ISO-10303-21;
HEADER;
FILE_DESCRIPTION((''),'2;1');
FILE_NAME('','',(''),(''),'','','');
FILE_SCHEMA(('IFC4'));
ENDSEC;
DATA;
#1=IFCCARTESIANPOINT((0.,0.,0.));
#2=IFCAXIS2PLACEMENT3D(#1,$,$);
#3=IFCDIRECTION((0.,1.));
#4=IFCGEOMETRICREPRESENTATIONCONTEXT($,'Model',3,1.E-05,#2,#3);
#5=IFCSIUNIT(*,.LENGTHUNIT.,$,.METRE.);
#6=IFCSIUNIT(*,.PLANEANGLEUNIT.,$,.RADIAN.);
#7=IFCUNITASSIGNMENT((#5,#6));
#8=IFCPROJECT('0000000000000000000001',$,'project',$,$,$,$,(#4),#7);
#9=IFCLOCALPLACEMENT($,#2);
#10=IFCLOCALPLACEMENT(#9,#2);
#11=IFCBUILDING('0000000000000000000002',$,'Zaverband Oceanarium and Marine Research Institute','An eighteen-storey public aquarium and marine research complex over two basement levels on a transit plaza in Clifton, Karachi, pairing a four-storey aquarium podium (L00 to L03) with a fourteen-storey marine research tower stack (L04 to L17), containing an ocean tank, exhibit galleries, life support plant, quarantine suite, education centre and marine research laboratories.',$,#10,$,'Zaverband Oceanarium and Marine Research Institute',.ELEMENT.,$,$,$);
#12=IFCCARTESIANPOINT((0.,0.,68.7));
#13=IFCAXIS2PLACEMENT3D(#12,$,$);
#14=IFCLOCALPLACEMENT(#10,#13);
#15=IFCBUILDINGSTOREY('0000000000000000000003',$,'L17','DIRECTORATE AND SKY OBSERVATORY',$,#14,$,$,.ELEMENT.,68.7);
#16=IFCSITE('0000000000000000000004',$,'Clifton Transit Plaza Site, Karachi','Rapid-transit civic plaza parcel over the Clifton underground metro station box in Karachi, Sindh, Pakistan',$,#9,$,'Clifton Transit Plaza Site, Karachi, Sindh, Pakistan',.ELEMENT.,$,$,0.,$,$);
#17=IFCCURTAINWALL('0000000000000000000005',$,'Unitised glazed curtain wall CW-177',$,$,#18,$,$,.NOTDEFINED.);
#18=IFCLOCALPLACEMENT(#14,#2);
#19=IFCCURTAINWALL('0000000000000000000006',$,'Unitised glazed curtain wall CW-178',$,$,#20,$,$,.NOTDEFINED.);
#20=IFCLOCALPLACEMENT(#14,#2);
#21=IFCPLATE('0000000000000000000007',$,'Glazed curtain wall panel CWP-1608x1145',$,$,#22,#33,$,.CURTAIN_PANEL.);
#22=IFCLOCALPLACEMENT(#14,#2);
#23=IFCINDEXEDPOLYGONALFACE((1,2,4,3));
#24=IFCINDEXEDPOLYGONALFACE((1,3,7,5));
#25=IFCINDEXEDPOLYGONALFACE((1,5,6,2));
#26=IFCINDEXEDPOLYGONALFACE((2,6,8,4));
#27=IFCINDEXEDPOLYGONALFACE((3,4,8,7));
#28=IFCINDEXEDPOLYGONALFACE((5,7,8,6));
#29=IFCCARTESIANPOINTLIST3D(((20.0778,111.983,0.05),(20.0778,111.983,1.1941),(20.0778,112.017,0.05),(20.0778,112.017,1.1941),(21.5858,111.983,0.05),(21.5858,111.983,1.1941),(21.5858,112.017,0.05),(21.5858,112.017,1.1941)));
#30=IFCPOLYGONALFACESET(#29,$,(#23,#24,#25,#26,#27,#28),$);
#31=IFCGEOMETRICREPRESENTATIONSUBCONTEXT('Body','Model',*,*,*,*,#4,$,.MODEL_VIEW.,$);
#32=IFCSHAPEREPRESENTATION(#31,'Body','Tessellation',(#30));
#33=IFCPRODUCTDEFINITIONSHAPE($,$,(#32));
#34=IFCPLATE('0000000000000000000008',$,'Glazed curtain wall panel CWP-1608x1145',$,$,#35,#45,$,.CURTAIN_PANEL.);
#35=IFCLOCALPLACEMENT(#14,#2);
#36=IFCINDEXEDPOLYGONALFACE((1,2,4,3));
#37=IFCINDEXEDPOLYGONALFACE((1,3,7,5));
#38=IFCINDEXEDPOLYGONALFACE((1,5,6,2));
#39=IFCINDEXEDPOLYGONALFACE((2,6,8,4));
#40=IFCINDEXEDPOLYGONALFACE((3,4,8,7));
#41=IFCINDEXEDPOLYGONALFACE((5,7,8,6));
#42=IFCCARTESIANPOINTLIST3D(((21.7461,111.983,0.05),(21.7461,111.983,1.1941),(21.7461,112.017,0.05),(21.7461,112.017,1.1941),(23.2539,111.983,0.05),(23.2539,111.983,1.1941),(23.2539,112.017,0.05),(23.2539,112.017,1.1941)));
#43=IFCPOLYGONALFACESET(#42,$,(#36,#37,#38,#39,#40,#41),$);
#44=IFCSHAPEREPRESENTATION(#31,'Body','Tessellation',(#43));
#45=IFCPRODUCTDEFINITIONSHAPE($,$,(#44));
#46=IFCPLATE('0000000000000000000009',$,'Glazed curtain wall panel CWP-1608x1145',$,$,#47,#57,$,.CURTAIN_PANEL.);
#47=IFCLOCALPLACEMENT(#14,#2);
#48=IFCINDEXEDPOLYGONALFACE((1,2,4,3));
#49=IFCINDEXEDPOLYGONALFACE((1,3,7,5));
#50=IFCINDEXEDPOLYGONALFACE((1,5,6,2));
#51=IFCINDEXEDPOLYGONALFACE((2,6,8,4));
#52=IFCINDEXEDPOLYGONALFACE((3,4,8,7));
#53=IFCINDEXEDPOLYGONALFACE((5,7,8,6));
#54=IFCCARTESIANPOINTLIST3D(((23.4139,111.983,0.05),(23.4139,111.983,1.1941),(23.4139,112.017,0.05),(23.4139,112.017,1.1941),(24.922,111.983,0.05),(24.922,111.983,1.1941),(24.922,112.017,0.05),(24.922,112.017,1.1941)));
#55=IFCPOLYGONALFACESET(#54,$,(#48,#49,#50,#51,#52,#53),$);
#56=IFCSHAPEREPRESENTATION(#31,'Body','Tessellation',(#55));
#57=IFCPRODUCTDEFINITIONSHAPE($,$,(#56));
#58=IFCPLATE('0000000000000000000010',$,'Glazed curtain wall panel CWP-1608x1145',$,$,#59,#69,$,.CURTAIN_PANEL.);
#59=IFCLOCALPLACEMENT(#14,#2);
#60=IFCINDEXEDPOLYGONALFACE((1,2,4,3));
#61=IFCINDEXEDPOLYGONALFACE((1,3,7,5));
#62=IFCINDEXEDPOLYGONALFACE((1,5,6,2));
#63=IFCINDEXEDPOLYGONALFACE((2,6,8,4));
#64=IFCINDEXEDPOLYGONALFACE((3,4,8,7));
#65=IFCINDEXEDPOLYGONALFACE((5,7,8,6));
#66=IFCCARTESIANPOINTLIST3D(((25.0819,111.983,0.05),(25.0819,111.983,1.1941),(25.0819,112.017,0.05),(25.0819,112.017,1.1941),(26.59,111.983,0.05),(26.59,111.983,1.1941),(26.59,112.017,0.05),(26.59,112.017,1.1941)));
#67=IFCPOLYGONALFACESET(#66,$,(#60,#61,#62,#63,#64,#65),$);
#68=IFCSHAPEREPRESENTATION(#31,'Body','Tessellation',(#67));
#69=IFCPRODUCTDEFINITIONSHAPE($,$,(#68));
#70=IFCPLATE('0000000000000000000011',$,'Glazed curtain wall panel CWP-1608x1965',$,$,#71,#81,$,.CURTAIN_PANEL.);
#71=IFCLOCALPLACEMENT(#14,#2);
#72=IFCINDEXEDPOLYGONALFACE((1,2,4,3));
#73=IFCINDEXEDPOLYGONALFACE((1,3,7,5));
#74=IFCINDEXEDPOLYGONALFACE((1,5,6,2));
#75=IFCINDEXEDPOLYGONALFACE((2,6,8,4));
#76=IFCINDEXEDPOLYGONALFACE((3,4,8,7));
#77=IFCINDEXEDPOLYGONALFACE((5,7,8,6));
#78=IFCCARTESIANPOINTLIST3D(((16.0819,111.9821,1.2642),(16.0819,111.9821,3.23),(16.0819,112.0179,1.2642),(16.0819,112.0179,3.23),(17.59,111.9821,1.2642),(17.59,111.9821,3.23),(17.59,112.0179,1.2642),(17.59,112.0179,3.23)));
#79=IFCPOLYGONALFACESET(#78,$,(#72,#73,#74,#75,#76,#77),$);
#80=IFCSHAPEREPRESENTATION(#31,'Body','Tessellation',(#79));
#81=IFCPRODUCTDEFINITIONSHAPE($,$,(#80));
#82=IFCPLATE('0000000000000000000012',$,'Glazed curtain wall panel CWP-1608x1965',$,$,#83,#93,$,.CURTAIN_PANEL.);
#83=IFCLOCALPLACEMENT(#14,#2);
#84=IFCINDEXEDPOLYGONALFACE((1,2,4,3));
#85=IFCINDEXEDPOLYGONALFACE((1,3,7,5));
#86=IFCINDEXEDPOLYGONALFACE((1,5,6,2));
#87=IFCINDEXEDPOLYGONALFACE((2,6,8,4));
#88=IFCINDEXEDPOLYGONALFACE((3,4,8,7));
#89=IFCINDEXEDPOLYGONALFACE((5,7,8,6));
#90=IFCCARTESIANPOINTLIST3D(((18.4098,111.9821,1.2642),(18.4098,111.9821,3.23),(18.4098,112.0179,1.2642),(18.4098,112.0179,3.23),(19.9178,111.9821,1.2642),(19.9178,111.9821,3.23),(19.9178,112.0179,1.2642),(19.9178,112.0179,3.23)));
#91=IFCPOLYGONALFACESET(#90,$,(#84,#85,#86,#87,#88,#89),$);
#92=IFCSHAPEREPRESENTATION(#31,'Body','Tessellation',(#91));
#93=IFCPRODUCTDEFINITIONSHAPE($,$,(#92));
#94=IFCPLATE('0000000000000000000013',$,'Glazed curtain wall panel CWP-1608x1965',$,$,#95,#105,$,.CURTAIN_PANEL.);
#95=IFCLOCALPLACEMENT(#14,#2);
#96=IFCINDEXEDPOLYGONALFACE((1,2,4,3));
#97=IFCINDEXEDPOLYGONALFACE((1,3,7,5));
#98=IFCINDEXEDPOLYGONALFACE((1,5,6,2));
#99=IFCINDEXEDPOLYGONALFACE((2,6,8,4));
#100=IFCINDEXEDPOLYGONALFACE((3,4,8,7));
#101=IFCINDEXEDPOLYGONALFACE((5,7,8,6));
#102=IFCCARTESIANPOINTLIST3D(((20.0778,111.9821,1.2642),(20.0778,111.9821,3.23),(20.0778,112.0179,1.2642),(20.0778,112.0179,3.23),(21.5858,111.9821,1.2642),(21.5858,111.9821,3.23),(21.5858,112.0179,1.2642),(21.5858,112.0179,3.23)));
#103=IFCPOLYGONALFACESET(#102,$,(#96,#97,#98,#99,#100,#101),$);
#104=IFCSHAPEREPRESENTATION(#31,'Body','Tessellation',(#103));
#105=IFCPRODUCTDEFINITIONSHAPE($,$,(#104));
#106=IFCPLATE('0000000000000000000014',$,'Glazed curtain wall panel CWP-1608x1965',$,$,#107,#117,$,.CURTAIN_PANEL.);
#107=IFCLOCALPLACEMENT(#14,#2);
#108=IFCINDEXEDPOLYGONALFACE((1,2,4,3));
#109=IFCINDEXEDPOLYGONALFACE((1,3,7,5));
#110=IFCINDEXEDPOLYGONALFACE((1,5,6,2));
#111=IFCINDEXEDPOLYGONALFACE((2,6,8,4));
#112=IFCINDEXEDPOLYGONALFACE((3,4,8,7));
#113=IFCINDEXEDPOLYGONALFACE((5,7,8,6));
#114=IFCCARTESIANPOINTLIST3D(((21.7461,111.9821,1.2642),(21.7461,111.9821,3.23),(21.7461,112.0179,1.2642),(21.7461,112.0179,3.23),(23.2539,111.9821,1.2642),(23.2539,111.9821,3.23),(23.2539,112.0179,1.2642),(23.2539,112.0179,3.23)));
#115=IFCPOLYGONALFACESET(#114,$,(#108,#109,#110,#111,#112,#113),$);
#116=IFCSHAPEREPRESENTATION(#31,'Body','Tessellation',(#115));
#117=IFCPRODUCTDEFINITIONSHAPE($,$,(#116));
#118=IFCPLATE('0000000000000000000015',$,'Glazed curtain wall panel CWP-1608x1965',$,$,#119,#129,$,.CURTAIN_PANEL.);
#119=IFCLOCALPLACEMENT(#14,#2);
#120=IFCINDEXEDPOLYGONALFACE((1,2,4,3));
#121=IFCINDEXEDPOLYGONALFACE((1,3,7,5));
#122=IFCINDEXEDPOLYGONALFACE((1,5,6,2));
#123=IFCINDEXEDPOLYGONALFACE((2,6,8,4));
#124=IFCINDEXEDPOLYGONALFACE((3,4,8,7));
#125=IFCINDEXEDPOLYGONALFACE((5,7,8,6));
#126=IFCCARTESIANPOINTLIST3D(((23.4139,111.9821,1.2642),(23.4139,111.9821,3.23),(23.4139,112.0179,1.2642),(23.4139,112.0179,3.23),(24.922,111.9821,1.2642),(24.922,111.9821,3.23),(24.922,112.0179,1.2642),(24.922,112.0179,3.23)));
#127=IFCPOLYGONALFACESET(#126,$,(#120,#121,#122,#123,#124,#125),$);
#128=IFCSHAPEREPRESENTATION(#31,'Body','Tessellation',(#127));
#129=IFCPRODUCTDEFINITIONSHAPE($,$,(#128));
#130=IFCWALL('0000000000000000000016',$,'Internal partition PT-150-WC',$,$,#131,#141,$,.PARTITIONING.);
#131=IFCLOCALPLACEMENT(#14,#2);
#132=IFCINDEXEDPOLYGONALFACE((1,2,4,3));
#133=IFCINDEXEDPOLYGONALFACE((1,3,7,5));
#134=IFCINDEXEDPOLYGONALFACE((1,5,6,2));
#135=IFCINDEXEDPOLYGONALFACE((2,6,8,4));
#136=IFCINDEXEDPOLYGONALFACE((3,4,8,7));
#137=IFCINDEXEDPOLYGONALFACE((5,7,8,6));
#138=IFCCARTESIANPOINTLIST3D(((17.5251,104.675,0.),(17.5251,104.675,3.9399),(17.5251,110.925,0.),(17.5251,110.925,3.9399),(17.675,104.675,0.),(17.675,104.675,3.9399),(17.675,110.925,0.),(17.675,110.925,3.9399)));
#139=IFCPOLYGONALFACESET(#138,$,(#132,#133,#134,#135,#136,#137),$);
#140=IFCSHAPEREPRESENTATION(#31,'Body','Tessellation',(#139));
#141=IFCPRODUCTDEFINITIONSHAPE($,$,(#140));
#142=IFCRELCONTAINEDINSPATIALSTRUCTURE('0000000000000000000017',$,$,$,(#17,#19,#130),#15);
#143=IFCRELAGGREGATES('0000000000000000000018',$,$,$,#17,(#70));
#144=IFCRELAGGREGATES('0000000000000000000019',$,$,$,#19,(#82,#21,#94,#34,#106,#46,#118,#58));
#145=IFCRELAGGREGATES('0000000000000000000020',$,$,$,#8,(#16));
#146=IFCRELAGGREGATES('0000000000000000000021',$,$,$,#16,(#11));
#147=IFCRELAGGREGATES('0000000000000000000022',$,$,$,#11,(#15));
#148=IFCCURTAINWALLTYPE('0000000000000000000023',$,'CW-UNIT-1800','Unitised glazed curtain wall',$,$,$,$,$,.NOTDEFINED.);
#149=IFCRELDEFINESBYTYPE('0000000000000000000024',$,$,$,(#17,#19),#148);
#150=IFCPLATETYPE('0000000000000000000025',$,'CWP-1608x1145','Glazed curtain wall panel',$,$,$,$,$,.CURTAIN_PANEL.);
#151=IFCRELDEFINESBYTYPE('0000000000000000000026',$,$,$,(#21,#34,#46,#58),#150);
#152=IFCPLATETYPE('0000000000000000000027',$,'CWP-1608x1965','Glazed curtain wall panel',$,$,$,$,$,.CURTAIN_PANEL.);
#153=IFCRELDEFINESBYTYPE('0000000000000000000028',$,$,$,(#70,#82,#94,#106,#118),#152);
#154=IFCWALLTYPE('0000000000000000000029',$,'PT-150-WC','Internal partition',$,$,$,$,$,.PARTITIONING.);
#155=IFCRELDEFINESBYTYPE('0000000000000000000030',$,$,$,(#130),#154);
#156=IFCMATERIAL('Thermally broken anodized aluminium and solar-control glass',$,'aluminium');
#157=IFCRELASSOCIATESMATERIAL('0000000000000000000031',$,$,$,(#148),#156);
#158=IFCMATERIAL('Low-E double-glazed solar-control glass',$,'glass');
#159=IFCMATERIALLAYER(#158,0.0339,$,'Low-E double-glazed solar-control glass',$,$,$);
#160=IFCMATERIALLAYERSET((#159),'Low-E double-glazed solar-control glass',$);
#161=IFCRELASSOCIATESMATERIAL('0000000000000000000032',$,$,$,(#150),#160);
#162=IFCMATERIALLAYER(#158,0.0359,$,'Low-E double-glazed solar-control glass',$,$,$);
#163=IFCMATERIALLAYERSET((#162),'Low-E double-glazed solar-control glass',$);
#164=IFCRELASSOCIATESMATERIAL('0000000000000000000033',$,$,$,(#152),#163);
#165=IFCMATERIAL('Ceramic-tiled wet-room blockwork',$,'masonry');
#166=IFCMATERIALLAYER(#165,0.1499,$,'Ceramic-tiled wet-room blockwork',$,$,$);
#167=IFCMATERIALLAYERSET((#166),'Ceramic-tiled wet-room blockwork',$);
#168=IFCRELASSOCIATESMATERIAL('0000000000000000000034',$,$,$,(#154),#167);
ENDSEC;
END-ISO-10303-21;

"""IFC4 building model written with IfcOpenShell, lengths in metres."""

from ifc_helpers import new_model, si_unit, direction, frame, frame_2d, origin, place, context, subcontext, project, spatial, rectangle, extrude, material, layer, layer_set, type_object, element, aggregate, save


model = new_model("IFC4")

# Units and contexts
model_context = context("Model", 3, precision=1e-05, world=origin(), true_north=direction((0.0, 1.0)))
body_context = subcontext(model_context, "Body", "Model", "MODEL_VIEW")
ifc_project = project(units=[si_unit("LENGTHUNIT", "METRE"), si_unit("PLANEANGLEUNIT", "RADIAN")], contexts=[model_context])

# Site, building, storey
site_placement = place(None, origin())
site = spatial("IfcSite", under=ifc_project, at=site_placement, Name="Clifton Transit Plaza Site, Karachi", Description="Rapid-transit civic plaza parcel over the Clifton underground metro station box in Karachi, Sindh, Pakistan", LongName="Clifton Transit Plaza Site, Karachi, Sindh, Pakistan", CompositionType="ELEMENT", RefElevation=0.0)
building_placement = place(site_placement, origin())
building = spatial("IfcBuilding", under=site, at=building_placement, Name="Zaverband Oceanarium and Marine Research Institute", Description="An eighteen-storey public aquarium and marine research complex over two basement levels on a transit plaza in Clifton, Karachi, pairing a four-storey aquarium podium (L00 to L03) with a fourteen-storey marine research tower stack (L04 to L17), containing an ocean tank, exhibit galleries, life support plant, quarantine suite, education centre and marine research laboratories.", LongName="Zaverband Oceanarium and Marine Research Institute", CompositionType="ELEMENT")
storey_placement = place(building_placement, frame((0.0, 0.0, 68.7)))
storey = spatial("IfcBuildingStorey", under=building, at=storey_placement, Name="L17", Description="DIRECTORATE AND SKY OBSERVATORY", CompositionType="ELEMENT", Elevation=68.7)

# Curtain wall
ifc_material_1 = material(Name="Thermally broken anodized aluminium and solar-control glass", Category="aluminium")
curtain_wall_type = type_object("IfcCurtainWallType", Name="CW-UNIT-1800", Description="Unitised glazed curtain wall", PredefinedType="NOTDEFINED", material=ifc_material_1)
curtain_wall_1_placement = place(storey_placement, origin())
curtain_wall_1 = element("IfcCurtainWall", 1, at=curtain_wall_1_placement, inside=storey, type_object=curtain_wall_type, Name="Unitised glazed curtain wall CW-177", PredefinedType="NOTDEFINED")

# Curtain wall
curtain_wall_2_placement = place(storey_placement, origin())
curtain_wall_2 = element("IfcCurtainWall", 2, at=curtain_wall_2_placement, inside=storey, type_object=curtain_wall_type, Name="Unitised glazed curtain wall CW-178", PredefinedType="NOTDEFINED")

# Plates
ifc_material_2 = material(Name="Low-E double-glazed solar-control glass", Category="glass")
ifc_layer_1 = layer(ifc_material_2, 0.0339, Name="Low-E double-glazed solar-control glass")
ifc_layer_set_1 = layer_set([ifc_layer_1], Name="Low-E double-glazed solar-control glass")
plate_type_1 = type_object("IfcPlateType", Name="CWP-1608x1145", Description="Glazed curtain wall panel", PredefinedType="CURTAIN_PANEL", material=ifc_layer_set_1)
plate_1_placement = place(storey_placement, frame((20.0779, 112.0, 0.05), z_axis=(0.0, 0.0, 1.0), x_axis=(1.0, 0.0, 0.0)))
plate_1 = element("IfcPlate", 3, at=plate_1_placement, type_object=plate_type_1, Name="Glazed curtain wall panel CWP-1608x1145", PredefinedType="CURTAIN_PANEL", context=body_context, shape_type="SweptSolid", body=[
    extrude(rectangle(XDim=1.5081, YDim=0.0339, at=frame_2d((0.7539, 0.0))), origin(), (0.0, 0.0, 1.0), 1.144),
])
plate_2_placement = place(storey_placement, frame((21.7461, 112.0, 0.05), z_axis=(0.0, 0.0, 1.0), x_axis=(1.0, 0.0, 0.0)))
plate_2 = element("IfcPlate", 4, at=plate_2_placement, type_object=plate_type_1, Name="Glazed curtain wall panel CWP-1608x1145", PredefinedType="CURTAIN_PANEL", context=body_context, shape_type="SweptSolid", body=[
    extrude(rectangle(XDim=1.5078, YDim=0.0339, at=frame_2d((0.7539, 0.0))), origin(), (0.0, 0.0, 1.0), 1.144),
])
plate_3_placement = place(storey_placement, frame((23.4141, 112.0, 0.05), z_axis=(0.0, 0.0, 1.0), x_axis=(1.0, 0.0, 0.0)))
plate_3 = element("IfcPlate", 5, at=plate_3_placement, type_object=plate_type_1, Name="Glazed curtain wall panel CWP-1608x1145", PredefinedType="CURTAIN_PANEL", context=body_context, shape_type="SweptSolid", body=[
    extrude(rectangle(XDim=1.5081, YDim=0.0339, at=frame_2d((0.7539, 0.0))), origin(), (0.0, 0.0, 1.0), 1.144),
])
plate_4_placement = place(storey_placement, frame((25.082, 112.0, 0.05), z_axis=(0.0, 0.0, 1.0), x_axis=(1.0, 0.0, 0.0)))
plate_4 = element("IfcPlate", 6, at=plate_4_placement, type_object=plate_type_1, Name="Glazed curtain wall panel CWP-1608x1145", PredefinedType="CURTAIN_PANEL", context=body_context, shape_type="SweptSolid", body=[
    extrude(rectangle(XDim=1.5081, YDim=0.0339, at=frame_2d((0.7539, 0.0))), origin(), (0.0, 0.0, 1.0), 1.144),
])
ifc_layer_2 = layer(ifc_material_2, 0.0359, Name="Low-E double-glazed solar-control glass")
ifc_layer_set_2 = layer_set([ifc_layer_2], Name="Low-E double-glazed solar-control glass")
plate_type_2 = type_object("IfcPlateType", Name="CWP-1608x1965", Description="Glazed curtain wall panel", PredefinedType="CURTAIN_PANEL", material=ifc_layer_set_2)
plate_5_placement = place(storey_placement, frame((16.082, 112.0, 1.2642), z_axis=(0.0, 0.0, 1.0), x_axis=(1.0, 0.0, 0.0)))
plate_5 = element("IfcPlate", 7, at=plate_5_placement, type_object=plate_type_2, Name="Glazed curtain wall panel CWP-1608x1965", PredefinedType="CURTAIN_PANEL", context=body_context, shape_type="SweptSolid", body=[
    extrude(rectangle(XDim=1.5081, YDim=0.0359, at=frame_2d((0.7539, 0.0))), origin(), (0.0, 0.0, 1.0), 1.9658),
])
aggregate(curtain_wall_1, [plate_5])
plate_6_placement = place(storey_placement, frame((18.4099, 112.0, 1.2642), z_axis=(0.0, 0.0, 1.0), x_axis=(1.0, 0.0, 0.0)))
plate_6 = element("IfcPlate", 8, at=plate_6_placement, type_object=plate_type_2, Name="Glazed curtain wall panel CWP-1608x1965", PredefinedType="CURTAIN_PANEL", context=body_context, shape_type="SweptSolid", body=[
    extrude(rectangle(XDim=1.5081, YDim=0.0359, at=frame_2d((0.7539, 0.0))), origin(), (0.0, 0.0, 1.0), 1.9658),
])
plate_7_placement = place(storey_placement, frame((20.0779, 112.0, 1.2642), z_axis=(0.0, 0.0, 1.0), x_axis=(1.0, 0.0, 0.0)))
plate_7 = element("IfcPlate", 9, at=plate_7_placement, type_object=plate_type_2, Name="Glazed curtain wall panel CWP-1608x1965", PredefinedType="CURTAIN_PANEL", context=body_context, shape_type="SweptSolid", body=[
    extrude(rectangle(XDim=1.5081, YDim=0.0359, at=frame_2d((0.7539, 0.0))), origin(), (0.0, 0.0, 1.0), 1.9658),
])
plate_8_placement = place(storey_placement, frame((21.7461, 112.0, 1.2642), z_axis=(0.0, 0.0, 1.0), x_axis=(1.0, 0.0, 0.0)))
plate_8 = element("IfcPlate", 10, at=plate_8_placement, type_object=plate_type_2, Name="Glazed curtain wall panel CWP-1608x1965", PredefinedType="CURTAIN_PANEL", context=body_context, shape_type="SweptSolid", body=[
    extrude(rectangle(XDim=1.5078, YDim=0.0359, at=frame_2d((0.7539, 0.0))), origin(), (0.0, 0.0, 1.0), 1.9658),
])
plate_9_placement = place(storey_placement, frame((23.4141, 112.0, 1.2642), z_axis=(0.0, 0.0, 1.0), x_axis=(1.0, 0.0, 0.0)))
plate_9 = element("IfcPlate", 11, at=plate_9_placement, type_object=plate_type_2, Name="Glazed curtain wall panel CWP-1608x1965", PredefinedType="CURTAIN_PANEL", context=body_context, shape_type="SweptSolid", body=[
    extrude(rectangle(XDim=1.5081, YDim=0.0359, at=frame_2d((0.7539, 0.0))), origin(), (0.0, 0.0, 1.0), 1.9658),
])
aggregate(curtain_wall_2, [plate_6, plate_1, plate_7, plate_2, plate_8, plate_3, plate_9, plate_4])

# Wall
ifc_material_3 = material(Name="Ceramic-tiled wet-room blockwork", Category="masonry")
ifc_layer_3 = layer(ifc_material_3, 0.1499, Name="Ceramic-tiled wet-room blockwork")
ifc_layer_set_3 = layer_set([ifc_layer_3], Name="Ceramic-tiled wet-room blockwork")
wall_type = type_object("IfcWallType", Name="PT-150-WC", Description="Internal partition", PredefinedType="PARTITIONING", material=ifc_layer_set_3)
wall_placement = place(storey_placement, frame((17.6001, 104.675, 0.0), z_axis=(0.0, 0.0, 1.0), x_axis=(0.0, 1.0, 0.0)))
element("IfcWall", 12, at=wall_placement, inside=storey, type_object=wall_type, Name="Internal partition PT-150-WC", PredefinedType="PARTITIONING", context=body_context, shape_type="SweptSolid", body=[
    extrude(rectangle(XDim=6.25, YDim=0.1499, at=frame_2d((3.125, 0.0))), origin(), (0.0, 0.0, 1.0), 3.9399),
])

save(model, "model.ifc")
